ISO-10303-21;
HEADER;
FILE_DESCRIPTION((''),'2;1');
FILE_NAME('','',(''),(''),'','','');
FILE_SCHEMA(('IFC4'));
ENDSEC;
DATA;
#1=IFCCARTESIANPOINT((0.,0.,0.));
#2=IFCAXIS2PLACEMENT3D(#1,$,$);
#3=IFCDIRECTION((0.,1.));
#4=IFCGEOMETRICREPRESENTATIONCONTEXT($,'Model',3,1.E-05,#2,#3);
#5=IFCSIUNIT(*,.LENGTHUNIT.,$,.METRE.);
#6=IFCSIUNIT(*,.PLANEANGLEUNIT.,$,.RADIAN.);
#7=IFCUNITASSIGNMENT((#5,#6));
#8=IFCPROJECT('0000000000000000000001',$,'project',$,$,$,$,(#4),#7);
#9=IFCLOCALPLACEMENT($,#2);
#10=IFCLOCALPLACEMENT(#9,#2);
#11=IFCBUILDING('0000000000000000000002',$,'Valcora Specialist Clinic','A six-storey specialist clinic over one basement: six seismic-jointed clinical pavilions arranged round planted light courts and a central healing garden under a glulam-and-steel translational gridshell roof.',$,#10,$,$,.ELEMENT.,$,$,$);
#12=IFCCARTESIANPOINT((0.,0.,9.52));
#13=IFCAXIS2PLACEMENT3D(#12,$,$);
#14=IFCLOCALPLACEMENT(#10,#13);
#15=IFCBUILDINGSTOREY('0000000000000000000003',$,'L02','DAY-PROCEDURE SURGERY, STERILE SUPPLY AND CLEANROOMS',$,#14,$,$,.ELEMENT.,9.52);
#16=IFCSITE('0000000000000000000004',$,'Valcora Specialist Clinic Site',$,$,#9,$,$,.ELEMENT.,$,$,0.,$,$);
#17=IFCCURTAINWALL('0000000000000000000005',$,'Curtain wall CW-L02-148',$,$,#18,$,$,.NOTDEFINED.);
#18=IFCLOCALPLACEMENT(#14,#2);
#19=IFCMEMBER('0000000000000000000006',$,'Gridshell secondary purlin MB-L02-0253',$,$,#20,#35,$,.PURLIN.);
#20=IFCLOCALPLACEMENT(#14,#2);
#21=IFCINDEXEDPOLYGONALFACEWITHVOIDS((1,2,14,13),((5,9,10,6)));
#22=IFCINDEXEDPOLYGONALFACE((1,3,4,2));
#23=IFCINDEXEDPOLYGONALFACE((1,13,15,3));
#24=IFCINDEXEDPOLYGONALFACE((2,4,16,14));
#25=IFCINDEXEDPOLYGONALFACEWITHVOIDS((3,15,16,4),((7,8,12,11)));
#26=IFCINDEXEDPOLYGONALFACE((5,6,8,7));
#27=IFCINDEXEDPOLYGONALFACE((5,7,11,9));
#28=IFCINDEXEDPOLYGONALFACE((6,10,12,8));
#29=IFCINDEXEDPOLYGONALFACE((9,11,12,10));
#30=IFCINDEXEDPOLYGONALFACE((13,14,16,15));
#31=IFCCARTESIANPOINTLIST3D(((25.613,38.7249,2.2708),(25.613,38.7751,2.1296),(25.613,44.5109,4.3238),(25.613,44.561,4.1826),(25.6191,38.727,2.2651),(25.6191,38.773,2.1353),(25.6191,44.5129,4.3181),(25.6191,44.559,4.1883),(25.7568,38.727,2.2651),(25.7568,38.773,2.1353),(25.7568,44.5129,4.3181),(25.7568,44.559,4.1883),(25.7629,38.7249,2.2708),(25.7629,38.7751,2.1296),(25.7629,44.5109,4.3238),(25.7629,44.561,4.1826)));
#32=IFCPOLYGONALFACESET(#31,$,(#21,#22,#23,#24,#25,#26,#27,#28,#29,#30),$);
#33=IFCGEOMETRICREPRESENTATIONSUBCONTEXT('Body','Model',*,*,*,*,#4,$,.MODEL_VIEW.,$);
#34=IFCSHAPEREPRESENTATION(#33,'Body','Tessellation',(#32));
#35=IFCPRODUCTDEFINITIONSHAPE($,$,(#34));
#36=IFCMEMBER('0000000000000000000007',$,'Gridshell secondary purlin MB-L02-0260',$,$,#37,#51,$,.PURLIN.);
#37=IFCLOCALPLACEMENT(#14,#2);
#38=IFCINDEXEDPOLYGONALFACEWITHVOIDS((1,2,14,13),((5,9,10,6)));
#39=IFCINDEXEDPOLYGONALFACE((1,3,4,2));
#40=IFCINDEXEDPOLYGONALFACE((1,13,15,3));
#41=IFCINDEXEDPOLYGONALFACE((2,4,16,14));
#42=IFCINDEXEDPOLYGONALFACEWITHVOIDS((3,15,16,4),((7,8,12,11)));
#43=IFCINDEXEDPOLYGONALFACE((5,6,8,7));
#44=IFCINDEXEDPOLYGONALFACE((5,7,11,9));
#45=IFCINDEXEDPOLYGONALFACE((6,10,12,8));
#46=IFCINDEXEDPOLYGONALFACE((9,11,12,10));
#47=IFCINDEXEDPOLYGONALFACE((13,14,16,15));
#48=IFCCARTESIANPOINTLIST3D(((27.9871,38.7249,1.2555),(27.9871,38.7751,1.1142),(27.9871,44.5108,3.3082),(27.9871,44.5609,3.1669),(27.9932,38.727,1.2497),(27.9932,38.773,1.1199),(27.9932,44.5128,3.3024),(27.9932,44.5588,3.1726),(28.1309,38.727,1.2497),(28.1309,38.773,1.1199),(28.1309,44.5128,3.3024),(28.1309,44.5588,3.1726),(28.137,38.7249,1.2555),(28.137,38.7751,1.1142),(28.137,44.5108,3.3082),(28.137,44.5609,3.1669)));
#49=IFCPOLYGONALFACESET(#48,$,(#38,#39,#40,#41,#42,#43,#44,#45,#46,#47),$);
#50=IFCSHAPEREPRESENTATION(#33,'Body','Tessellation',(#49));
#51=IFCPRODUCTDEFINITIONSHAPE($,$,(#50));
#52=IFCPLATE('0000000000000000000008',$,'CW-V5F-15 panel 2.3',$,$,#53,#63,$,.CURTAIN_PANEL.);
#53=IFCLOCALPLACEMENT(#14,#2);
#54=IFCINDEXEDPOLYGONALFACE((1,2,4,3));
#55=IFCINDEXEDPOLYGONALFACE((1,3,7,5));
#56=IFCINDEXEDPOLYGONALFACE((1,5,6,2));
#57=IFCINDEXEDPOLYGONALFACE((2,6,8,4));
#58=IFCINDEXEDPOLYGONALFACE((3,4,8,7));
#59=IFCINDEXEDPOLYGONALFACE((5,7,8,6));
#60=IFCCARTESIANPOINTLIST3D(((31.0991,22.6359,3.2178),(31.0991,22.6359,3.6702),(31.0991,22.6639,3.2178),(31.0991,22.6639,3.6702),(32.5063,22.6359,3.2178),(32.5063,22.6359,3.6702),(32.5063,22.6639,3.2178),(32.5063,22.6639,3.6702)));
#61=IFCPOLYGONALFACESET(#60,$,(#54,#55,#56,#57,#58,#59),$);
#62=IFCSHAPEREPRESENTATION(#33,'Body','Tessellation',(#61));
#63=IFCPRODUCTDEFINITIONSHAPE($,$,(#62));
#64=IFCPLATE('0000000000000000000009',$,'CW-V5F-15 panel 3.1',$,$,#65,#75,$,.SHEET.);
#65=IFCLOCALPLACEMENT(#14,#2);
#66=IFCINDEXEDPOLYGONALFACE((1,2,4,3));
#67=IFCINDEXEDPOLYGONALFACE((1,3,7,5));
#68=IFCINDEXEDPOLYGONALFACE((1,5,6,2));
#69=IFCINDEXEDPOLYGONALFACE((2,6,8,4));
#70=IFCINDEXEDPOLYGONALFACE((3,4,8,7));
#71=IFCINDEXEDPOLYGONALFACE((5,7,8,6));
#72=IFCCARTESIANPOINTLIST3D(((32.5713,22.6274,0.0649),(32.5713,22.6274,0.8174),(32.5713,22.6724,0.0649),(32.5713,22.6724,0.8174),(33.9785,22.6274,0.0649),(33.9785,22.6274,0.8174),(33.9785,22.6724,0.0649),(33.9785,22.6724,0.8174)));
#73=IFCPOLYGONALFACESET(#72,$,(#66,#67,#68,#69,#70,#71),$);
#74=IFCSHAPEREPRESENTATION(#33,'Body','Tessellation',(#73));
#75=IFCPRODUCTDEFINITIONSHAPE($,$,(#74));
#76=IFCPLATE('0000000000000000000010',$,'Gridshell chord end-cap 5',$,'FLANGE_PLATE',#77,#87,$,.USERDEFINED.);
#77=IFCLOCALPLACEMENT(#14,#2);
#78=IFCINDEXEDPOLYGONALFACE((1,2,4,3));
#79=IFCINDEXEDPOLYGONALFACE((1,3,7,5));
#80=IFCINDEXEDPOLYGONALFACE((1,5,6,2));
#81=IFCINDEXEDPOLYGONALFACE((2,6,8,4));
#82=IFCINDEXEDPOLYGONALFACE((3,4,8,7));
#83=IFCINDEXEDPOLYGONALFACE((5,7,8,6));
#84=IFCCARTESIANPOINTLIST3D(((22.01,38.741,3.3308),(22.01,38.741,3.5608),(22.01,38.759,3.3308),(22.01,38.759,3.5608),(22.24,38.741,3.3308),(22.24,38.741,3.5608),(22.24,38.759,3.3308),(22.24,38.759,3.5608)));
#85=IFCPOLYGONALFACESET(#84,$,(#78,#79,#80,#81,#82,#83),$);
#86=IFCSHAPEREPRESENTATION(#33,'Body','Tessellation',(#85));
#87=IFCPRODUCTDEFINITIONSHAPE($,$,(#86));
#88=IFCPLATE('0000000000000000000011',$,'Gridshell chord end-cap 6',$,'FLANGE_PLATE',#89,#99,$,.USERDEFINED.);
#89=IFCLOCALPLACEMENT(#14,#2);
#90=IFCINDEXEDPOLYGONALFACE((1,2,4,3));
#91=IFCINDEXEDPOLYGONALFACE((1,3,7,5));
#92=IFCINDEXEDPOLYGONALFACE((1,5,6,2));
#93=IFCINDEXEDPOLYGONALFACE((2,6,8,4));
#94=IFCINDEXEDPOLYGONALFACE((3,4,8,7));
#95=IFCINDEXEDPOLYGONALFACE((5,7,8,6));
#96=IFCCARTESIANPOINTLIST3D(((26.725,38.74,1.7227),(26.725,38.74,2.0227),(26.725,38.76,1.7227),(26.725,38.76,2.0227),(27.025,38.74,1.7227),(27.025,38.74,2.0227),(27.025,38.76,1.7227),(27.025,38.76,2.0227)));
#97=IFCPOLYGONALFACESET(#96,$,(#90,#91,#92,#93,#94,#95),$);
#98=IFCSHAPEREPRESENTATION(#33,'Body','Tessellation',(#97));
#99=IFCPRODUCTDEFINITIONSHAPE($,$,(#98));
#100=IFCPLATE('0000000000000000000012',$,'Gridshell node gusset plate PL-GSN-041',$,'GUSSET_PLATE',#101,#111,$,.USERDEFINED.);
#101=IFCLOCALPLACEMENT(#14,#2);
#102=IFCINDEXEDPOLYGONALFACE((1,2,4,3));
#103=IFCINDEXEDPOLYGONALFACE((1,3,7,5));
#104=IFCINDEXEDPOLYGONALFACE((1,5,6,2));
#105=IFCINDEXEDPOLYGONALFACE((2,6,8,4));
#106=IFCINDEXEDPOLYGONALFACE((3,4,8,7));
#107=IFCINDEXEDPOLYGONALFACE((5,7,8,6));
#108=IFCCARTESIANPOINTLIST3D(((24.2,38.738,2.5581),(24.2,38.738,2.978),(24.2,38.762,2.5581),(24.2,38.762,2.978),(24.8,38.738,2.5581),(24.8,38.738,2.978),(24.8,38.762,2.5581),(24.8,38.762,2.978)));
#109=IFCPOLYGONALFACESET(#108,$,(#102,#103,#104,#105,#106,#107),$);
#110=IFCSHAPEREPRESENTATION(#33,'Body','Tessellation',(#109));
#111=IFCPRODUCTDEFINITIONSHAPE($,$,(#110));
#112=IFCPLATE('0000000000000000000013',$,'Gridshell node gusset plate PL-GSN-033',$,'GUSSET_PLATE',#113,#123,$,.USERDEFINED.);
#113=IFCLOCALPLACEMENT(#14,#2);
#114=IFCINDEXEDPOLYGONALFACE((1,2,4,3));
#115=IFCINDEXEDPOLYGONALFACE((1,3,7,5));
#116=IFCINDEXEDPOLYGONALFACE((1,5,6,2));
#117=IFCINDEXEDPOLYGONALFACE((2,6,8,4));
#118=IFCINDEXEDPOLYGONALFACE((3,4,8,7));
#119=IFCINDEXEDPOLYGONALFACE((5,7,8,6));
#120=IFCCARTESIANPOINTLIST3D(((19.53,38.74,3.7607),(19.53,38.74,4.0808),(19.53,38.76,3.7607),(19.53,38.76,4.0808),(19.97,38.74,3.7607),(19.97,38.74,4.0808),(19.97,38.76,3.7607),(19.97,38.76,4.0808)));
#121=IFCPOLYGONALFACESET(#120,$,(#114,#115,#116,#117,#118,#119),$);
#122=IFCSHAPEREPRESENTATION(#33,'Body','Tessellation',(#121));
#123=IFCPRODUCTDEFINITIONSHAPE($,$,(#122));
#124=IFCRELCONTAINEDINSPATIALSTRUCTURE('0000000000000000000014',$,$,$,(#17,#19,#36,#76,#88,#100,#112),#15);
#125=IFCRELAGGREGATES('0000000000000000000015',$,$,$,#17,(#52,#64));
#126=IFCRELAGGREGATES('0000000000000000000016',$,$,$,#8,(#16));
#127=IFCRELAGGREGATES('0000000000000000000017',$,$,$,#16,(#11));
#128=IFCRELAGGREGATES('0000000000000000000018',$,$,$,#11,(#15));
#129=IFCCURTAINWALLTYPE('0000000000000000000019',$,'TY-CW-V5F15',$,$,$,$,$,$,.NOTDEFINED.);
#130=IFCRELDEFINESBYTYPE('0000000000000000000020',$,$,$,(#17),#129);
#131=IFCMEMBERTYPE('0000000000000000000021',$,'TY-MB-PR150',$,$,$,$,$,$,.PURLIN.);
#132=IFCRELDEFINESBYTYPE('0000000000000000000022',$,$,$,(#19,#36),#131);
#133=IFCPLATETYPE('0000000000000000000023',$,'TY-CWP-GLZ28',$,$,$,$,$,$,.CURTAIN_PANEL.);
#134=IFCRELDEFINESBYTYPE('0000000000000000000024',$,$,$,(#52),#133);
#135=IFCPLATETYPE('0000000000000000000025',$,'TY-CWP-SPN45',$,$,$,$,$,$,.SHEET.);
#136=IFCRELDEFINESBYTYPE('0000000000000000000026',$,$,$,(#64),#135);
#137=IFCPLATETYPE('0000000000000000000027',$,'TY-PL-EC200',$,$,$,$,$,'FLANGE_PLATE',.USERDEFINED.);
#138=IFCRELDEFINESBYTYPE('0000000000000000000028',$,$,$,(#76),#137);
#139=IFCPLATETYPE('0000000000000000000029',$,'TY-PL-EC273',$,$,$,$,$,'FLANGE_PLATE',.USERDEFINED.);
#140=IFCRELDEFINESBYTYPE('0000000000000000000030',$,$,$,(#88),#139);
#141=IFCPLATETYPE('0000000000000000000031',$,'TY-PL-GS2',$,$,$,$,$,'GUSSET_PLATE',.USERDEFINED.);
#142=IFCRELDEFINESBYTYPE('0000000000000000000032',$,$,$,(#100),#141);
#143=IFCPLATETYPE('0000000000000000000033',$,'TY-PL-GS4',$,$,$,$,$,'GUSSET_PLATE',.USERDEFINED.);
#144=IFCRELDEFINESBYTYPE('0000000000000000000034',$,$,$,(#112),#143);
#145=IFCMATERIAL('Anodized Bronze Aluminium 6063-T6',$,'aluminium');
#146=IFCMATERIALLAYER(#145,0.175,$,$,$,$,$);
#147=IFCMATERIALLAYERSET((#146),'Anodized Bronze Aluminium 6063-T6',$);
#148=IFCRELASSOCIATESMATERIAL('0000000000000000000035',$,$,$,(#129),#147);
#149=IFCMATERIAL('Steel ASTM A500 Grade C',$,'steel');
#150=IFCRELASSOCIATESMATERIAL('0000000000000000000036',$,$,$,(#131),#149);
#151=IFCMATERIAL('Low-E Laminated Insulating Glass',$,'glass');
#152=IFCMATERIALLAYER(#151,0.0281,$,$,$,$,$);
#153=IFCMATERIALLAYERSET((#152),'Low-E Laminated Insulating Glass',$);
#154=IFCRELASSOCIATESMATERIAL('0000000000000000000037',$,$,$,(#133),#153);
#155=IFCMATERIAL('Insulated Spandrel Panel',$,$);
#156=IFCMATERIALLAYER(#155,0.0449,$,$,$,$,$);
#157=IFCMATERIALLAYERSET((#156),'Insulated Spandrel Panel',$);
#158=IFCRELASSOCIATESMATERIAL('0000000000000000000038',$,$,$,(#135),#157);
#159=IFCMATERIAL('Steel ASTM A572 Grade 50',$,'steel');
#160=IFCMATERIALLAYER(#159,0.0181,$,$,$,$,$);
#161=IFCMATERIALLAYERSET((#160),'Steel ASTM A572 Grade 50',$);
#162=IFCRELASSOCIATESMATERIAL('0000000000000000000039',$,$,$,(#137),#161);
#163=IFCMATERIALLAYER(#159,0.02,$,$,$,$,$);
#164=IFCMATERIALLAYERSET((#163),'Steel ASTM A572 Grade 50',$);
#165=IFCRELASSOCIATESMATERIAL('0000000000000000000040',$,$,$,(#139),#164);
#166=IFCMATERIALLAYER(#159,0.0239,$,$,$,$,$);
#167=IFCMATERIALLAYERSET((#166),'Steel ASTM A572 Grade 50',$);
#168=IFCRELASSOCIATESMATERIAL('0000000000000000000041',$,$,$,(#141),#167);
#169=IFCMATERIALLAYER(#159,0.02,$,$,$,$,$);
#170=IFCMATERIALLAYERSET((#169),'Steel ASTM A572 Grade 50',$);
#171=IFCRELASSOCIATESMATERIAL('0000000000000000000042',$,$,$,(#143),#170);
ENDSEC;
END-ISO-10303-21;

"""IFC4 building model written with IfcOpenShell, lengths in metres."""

from ifc_helpers import new_model, si_unit, direction, frame, origin, origin_2d, place, context, subcontext, project, spatial, rectangle, hollow_rectangle, extrude, material, layer, layer_set, material_profile, profile_set, type_object, element, aggregate, save


model = new_model("IFC4")

# Units and contexts
model_context = context("Model", 3, precision=1e-05, world=origin(), true_north=direction((0.0, 1.0)))
body_context = subcontext(model_context, "Body", "Model", "MODEL_VIEW")
ifc_project = project(units=[si_unit("LENGTHUNIT", "METRE"), si_unit("PLANEANGLEUNIT", "RADIAN")], contexts=[model_context])

# Site, building, storey
site_placement = place(None, origin())
site = spatial("IfcSite", under=ifc_project, at=site_placement, Name="Valcora Specialist Clinic Site", CompositionType="ELEMENT", RefElevation=0.0)
building_placement = place(site_placement, origin())
building = spatial("IfcBuilding", under=site, at=building_placement, Name="Valcora Specialist Clinic", Description="A six-storey specialist clinic over one basement: six seismic-jointed clinical pavilions arranged round planted light courts and a central healing garden under a glulam-and-steel translational gridshell roof.", CompositionType="ELEMENT")
storey_placement = place(building_placement, frame((0.0, 0.0, 9.52)))
storey = spatial("IfcBuildingStorey", under=building, at=storey_placement, Name="L02", Description="DAY-PROCEDURE SURGERY, STERILE SUPPLY AND CLEANROOMS", CompositionType="ELEMENT", Elevation=9.52)

# Curtain wall
ifc_material_1 = material(Name="Anodized Bronze Aluminium 6063-T6", Category="aluminium")
ifc_layer_1 = layer(ifc_material_1, 0.175)
ifc_layer_set_1 = layer_set([ifc_layer_1], Name="Anodized Bronze Aluminium 6063-T6")
curtain_wall_type = type_object("IfcCurtainWallType", Name="TY-CW-V5F15", PredefinedType="NOTDEFINED", material=ifc_layer_set_1)
curtain_wall_placement = place(storey_placement, origin())
curtain_wall = element("IfcCurtainWall", 1, at=curtain_wall_placement, inside=storey, type_object=curtain_wall_type, Name="Curtain wall CW-L02-148", PredefinedType="NOTDEFINED")

# Members
ifc_material_2 = material(Name="Steel ASTM A500 Grade C", Category="steel")
ifc_material_profile_1 = material_profile(ifc_material_2, hollow_rectangle(XDim=0.1499, YDim=0.1499, WallThickness=0.0061, at=origin_2d()), Name="ST-RHS-150X150X6")
ifc_profile_set_1 = profile_set([ifc_material_profile_1], Name="Steel ASTM A500 Grade C")
member_type_1 = type_object("IfcMemberType", Name="TY-MB-PR150", PredefinedType="PURLIN", material=ifc_profile_set_1)
member_1_placement = place(storey_placement, frame((25.688, 38.75, 2.2002), z_axis=(0.0, 0.942432, 0.334398), x_axis=(-1.0, 0.0, 0.0)))
element("IfcMember", 2, at=member_1_placement, inside=storey, type_object=member_type_1, Name="Gridshell secondary purlin MB-L02-0253", PredefinedType="PURLIN", context=body_context, shape_type="SweptSolid", body=[
    extrude(hollow_rectangle(XDim=0.1499, YDim=0.1499, WallThickness=0.0061, at=origin_2d()), origin(), (0.0, 0.0, 1.0), 6.1394),
])
member_2_placement = place(storey_placement, frame((28.062, 38.75, 1.1848), z_axis=(0.0, 0.942444, 0.334363), x_axis=(-1.0, 0.0, 0.0)))
element("IfcMember", 3, at=member_2_placement, inside=storey, type_object=member_type_1, Name="Gridshell secondary purlin MB-L02-0260", PredefinedType="PURLIN", context=body_context, shape_type="SweptSolid", body=[
    extrude(hollow_rectangle(XDim=0.1499, YDim=0.1499, WallThickness=0.0061, at=origin_2d()), origin(), (0.0, 0.0, 1.0), 6.1392),
])

# Plates
ifc_material_3 = material(Name="Low-E Laminated Insulating Glass", Category="glass")
ifc_layer_2 = layer(ifc_material_3, 0.0281)
ifc_layer_set_2 = layer_set([ifc_layer_2], Name="Low-E Laminated Insulating Glass")
plate_type_1 = type_object("IfcPlateType", Name="TY-CWP-GLZ28", PredefinedType="CURTAIN_PANEL", material=ifc_layer_set_2)
plate_1_placement = place(storey_placement, frame((31.8027, 22.6499, 3.2178), z_axis=(0.0, 0.0, 1.0), x_axis=(1.0, 0.0, 0.0)))
plate_1 = element("IfcPlate", 4, at=plate_1_placement, type_object=plate_type_1, Name="CW-V5F-15 panel 2.3", PredefinedType="CURTAIN_PANEL", context=body_context, shape_type="SweptSolid", body=[
    extrude(rectangle(XDim=1.4072, YDim=0.0281, at=origin_2d()), origin(), (0.0, 0.0, 1.0), 0.4524),
])
ifc_material_4 = material(Name="Insulated Spandrel Panel")
ifc_layer_3 = layer(ifc_material_4, 0.0449)
ifc_layer_set_3 = layer_set([ifc_layer_3], Name="Insulated Spandrel Panel")
plate_type_2 = type_object("IfcPlateType", Name="TY-CWP-SPN45", PredefinedType="SHEET", material=ifc_layer_set_3)
plate_2_placement = place(storey_placement, frame((33.2749, 22.6499, 0.0649), z_axis=(0.0, 0.0, 1.0), x_axis=(1.0, 0.0, 0.0)))
plate_2 = element("IfcPlate", 5, at=plate_2_placement, type_object=plate_type_2, Name="CW-V5F-15 panel 3.1", PredefinedType="SHEET", context=body_context, shape_type="SweptSolid", body=[
    extrude(rectangle(XDim=1.4072, YDim=0.0449, at=origin_2d()), origin(), (0.0, 0.0, 1.0), 0.7524),
])
aggregate(curtain_wall, [plate_1, plate_2])

# Plates
ifc_material_5 = material(Name="Steel ASTM A572 Grade 50", Category="steel")
ifc_layer_4 = layer(ifc_material_5, 0.0181)
ifc_layer_set_4 = layer_set([ifc_layer_4], Name="Steel ASTM A572 Grade 50")
plate_type_3 = type_object("IfcPlateType", Name="TY-PL-EC200", ElementType="FLANGE_PLATE", PredefinedType="USERDEFINED", material=ifc_layer_set_4)
plate_3_placement = place(storey_placement, frame((22.125, 38.75, 3.3308), z_axis=(0.0, 0.0, 1.0), x_axis=(1.0, 0.0, 0.0)))
element("IfcPlate", 6, at=plate_3_placement, inside=storey, type_object=plate_type_3, Name="Gridshell chord end-cap 5", ObjectType="FLANGE_PLATE", PredefinedType="USERDEFINED", context=body_context, shape_type="SweptSolid", body=[
    extrude(rectangle(XDim=0.23, YDim=0.0181, at=origin_2d()), origin(), (0.0, 0.0, 1.0), 0.23),
])
ifc_layer_5 = layer(ifc_material_5, 0.02)
ifc_layer_set_5 = layer_set([ifc_layer_5], Name="Steel ASTM A572 Grade 50")
plate_type_4 = type_object("IfcPlateType", Name="TY-PL-EC273", ElementType="FLANGE_PLATE", PredefinedType="USERDEFINED", material=ifc_layer_set_5)
plate_4_placement = place(storey_placement, frame((26.875, 38.75, 1.7227), z_axis=(0.0, 0.0, 1.0), x_axis=(1.0, 0.0, 0.0)))
element("IfcPlate", 7, at=plate_4_placement, inside=storey, type_object=plate_type_4, Name="Gridshell chord end-cap 6", ObjectType="FLANGE_PLATE", PredefinedType="USERDEFINED", context=body_context, shape_type="SweptSolid", body=[
    extrude(rectangle(XDim=0.3, YDim=0.02, at=origin_2d()), origin(), (0.0, 0.0, 1.0), 0.3),
])
ifc_layer_6 = layer(ifc_material_5, 0.0239)
ifc_layer_set_6 = layer_set([ifc_layer_6], Name="Steel ASTM A572 Grade 50")
plate_type_5 = type_object("IfcPlateType", Name="TY-PL-GS2", ElementType="GUSSET_PLATE", PredefinedType="USERDEFINED", material=ifc_layer_set_6)
plate_5_placement = place(storey_placement, frame((24.5, 38.75, 2.5581), z_axis=(0.0, 0.0, 1.0), x_axis=(1.0, 0.0, 0.0)))
element("IfcPlate", 8, at=plate_5_placement, inside=storey, type_object=plate_type_5, Name="Gridshell node gusset plate PL-GSN-041", ObjectType="GUSSET_PLATE", PredefinedType="USERDEFINED", context=body_context, shape_type="SweptSolid", body=[
    extrude(rectangle(XDim=0.6001, YDim=0.0239, at=origin_2d()), origin(), (0.0, 0.0, 1.0), 0.4199),
])
ifc_layer_7 = layer(ifc_material_5, 0.02)
ifc_layer_set_7 = layer_set([ifc_layer_7], Name="Steel ASTM A572 Grade 50")
plate_type_6 = type_object("IfcPlateType", Name="TY-PL-GS4", ElementType="GUSSET_PLATE", PredefinedType="USERDEFINED", material=ifc_layer_set_7)
plate_6_placement = place(storey_placement, frame((19.75, 38.75, 3.7607), z_axis=(0.0, 0.0, 1.0), x_axis=(1.0, 0.0, 0.0)))
element("IfcPlate", 9, at=plate_6_placement, inside=storey, type_object=plate_type_6, Name="Gridshell node gusset plate PL-GSN-033", ObjectType="GUSSET_PLATE", PredefinedType="USERDEFINED", context=body_context, shape_type="SweptSolid", body=[
    extrude(rectangle(XDim=0.4399, YDim=0.02, at=origin_2d()), origin(), (0.0, 0.0, 1.0), 0.3201),
])

save(model, "model.ifc")
